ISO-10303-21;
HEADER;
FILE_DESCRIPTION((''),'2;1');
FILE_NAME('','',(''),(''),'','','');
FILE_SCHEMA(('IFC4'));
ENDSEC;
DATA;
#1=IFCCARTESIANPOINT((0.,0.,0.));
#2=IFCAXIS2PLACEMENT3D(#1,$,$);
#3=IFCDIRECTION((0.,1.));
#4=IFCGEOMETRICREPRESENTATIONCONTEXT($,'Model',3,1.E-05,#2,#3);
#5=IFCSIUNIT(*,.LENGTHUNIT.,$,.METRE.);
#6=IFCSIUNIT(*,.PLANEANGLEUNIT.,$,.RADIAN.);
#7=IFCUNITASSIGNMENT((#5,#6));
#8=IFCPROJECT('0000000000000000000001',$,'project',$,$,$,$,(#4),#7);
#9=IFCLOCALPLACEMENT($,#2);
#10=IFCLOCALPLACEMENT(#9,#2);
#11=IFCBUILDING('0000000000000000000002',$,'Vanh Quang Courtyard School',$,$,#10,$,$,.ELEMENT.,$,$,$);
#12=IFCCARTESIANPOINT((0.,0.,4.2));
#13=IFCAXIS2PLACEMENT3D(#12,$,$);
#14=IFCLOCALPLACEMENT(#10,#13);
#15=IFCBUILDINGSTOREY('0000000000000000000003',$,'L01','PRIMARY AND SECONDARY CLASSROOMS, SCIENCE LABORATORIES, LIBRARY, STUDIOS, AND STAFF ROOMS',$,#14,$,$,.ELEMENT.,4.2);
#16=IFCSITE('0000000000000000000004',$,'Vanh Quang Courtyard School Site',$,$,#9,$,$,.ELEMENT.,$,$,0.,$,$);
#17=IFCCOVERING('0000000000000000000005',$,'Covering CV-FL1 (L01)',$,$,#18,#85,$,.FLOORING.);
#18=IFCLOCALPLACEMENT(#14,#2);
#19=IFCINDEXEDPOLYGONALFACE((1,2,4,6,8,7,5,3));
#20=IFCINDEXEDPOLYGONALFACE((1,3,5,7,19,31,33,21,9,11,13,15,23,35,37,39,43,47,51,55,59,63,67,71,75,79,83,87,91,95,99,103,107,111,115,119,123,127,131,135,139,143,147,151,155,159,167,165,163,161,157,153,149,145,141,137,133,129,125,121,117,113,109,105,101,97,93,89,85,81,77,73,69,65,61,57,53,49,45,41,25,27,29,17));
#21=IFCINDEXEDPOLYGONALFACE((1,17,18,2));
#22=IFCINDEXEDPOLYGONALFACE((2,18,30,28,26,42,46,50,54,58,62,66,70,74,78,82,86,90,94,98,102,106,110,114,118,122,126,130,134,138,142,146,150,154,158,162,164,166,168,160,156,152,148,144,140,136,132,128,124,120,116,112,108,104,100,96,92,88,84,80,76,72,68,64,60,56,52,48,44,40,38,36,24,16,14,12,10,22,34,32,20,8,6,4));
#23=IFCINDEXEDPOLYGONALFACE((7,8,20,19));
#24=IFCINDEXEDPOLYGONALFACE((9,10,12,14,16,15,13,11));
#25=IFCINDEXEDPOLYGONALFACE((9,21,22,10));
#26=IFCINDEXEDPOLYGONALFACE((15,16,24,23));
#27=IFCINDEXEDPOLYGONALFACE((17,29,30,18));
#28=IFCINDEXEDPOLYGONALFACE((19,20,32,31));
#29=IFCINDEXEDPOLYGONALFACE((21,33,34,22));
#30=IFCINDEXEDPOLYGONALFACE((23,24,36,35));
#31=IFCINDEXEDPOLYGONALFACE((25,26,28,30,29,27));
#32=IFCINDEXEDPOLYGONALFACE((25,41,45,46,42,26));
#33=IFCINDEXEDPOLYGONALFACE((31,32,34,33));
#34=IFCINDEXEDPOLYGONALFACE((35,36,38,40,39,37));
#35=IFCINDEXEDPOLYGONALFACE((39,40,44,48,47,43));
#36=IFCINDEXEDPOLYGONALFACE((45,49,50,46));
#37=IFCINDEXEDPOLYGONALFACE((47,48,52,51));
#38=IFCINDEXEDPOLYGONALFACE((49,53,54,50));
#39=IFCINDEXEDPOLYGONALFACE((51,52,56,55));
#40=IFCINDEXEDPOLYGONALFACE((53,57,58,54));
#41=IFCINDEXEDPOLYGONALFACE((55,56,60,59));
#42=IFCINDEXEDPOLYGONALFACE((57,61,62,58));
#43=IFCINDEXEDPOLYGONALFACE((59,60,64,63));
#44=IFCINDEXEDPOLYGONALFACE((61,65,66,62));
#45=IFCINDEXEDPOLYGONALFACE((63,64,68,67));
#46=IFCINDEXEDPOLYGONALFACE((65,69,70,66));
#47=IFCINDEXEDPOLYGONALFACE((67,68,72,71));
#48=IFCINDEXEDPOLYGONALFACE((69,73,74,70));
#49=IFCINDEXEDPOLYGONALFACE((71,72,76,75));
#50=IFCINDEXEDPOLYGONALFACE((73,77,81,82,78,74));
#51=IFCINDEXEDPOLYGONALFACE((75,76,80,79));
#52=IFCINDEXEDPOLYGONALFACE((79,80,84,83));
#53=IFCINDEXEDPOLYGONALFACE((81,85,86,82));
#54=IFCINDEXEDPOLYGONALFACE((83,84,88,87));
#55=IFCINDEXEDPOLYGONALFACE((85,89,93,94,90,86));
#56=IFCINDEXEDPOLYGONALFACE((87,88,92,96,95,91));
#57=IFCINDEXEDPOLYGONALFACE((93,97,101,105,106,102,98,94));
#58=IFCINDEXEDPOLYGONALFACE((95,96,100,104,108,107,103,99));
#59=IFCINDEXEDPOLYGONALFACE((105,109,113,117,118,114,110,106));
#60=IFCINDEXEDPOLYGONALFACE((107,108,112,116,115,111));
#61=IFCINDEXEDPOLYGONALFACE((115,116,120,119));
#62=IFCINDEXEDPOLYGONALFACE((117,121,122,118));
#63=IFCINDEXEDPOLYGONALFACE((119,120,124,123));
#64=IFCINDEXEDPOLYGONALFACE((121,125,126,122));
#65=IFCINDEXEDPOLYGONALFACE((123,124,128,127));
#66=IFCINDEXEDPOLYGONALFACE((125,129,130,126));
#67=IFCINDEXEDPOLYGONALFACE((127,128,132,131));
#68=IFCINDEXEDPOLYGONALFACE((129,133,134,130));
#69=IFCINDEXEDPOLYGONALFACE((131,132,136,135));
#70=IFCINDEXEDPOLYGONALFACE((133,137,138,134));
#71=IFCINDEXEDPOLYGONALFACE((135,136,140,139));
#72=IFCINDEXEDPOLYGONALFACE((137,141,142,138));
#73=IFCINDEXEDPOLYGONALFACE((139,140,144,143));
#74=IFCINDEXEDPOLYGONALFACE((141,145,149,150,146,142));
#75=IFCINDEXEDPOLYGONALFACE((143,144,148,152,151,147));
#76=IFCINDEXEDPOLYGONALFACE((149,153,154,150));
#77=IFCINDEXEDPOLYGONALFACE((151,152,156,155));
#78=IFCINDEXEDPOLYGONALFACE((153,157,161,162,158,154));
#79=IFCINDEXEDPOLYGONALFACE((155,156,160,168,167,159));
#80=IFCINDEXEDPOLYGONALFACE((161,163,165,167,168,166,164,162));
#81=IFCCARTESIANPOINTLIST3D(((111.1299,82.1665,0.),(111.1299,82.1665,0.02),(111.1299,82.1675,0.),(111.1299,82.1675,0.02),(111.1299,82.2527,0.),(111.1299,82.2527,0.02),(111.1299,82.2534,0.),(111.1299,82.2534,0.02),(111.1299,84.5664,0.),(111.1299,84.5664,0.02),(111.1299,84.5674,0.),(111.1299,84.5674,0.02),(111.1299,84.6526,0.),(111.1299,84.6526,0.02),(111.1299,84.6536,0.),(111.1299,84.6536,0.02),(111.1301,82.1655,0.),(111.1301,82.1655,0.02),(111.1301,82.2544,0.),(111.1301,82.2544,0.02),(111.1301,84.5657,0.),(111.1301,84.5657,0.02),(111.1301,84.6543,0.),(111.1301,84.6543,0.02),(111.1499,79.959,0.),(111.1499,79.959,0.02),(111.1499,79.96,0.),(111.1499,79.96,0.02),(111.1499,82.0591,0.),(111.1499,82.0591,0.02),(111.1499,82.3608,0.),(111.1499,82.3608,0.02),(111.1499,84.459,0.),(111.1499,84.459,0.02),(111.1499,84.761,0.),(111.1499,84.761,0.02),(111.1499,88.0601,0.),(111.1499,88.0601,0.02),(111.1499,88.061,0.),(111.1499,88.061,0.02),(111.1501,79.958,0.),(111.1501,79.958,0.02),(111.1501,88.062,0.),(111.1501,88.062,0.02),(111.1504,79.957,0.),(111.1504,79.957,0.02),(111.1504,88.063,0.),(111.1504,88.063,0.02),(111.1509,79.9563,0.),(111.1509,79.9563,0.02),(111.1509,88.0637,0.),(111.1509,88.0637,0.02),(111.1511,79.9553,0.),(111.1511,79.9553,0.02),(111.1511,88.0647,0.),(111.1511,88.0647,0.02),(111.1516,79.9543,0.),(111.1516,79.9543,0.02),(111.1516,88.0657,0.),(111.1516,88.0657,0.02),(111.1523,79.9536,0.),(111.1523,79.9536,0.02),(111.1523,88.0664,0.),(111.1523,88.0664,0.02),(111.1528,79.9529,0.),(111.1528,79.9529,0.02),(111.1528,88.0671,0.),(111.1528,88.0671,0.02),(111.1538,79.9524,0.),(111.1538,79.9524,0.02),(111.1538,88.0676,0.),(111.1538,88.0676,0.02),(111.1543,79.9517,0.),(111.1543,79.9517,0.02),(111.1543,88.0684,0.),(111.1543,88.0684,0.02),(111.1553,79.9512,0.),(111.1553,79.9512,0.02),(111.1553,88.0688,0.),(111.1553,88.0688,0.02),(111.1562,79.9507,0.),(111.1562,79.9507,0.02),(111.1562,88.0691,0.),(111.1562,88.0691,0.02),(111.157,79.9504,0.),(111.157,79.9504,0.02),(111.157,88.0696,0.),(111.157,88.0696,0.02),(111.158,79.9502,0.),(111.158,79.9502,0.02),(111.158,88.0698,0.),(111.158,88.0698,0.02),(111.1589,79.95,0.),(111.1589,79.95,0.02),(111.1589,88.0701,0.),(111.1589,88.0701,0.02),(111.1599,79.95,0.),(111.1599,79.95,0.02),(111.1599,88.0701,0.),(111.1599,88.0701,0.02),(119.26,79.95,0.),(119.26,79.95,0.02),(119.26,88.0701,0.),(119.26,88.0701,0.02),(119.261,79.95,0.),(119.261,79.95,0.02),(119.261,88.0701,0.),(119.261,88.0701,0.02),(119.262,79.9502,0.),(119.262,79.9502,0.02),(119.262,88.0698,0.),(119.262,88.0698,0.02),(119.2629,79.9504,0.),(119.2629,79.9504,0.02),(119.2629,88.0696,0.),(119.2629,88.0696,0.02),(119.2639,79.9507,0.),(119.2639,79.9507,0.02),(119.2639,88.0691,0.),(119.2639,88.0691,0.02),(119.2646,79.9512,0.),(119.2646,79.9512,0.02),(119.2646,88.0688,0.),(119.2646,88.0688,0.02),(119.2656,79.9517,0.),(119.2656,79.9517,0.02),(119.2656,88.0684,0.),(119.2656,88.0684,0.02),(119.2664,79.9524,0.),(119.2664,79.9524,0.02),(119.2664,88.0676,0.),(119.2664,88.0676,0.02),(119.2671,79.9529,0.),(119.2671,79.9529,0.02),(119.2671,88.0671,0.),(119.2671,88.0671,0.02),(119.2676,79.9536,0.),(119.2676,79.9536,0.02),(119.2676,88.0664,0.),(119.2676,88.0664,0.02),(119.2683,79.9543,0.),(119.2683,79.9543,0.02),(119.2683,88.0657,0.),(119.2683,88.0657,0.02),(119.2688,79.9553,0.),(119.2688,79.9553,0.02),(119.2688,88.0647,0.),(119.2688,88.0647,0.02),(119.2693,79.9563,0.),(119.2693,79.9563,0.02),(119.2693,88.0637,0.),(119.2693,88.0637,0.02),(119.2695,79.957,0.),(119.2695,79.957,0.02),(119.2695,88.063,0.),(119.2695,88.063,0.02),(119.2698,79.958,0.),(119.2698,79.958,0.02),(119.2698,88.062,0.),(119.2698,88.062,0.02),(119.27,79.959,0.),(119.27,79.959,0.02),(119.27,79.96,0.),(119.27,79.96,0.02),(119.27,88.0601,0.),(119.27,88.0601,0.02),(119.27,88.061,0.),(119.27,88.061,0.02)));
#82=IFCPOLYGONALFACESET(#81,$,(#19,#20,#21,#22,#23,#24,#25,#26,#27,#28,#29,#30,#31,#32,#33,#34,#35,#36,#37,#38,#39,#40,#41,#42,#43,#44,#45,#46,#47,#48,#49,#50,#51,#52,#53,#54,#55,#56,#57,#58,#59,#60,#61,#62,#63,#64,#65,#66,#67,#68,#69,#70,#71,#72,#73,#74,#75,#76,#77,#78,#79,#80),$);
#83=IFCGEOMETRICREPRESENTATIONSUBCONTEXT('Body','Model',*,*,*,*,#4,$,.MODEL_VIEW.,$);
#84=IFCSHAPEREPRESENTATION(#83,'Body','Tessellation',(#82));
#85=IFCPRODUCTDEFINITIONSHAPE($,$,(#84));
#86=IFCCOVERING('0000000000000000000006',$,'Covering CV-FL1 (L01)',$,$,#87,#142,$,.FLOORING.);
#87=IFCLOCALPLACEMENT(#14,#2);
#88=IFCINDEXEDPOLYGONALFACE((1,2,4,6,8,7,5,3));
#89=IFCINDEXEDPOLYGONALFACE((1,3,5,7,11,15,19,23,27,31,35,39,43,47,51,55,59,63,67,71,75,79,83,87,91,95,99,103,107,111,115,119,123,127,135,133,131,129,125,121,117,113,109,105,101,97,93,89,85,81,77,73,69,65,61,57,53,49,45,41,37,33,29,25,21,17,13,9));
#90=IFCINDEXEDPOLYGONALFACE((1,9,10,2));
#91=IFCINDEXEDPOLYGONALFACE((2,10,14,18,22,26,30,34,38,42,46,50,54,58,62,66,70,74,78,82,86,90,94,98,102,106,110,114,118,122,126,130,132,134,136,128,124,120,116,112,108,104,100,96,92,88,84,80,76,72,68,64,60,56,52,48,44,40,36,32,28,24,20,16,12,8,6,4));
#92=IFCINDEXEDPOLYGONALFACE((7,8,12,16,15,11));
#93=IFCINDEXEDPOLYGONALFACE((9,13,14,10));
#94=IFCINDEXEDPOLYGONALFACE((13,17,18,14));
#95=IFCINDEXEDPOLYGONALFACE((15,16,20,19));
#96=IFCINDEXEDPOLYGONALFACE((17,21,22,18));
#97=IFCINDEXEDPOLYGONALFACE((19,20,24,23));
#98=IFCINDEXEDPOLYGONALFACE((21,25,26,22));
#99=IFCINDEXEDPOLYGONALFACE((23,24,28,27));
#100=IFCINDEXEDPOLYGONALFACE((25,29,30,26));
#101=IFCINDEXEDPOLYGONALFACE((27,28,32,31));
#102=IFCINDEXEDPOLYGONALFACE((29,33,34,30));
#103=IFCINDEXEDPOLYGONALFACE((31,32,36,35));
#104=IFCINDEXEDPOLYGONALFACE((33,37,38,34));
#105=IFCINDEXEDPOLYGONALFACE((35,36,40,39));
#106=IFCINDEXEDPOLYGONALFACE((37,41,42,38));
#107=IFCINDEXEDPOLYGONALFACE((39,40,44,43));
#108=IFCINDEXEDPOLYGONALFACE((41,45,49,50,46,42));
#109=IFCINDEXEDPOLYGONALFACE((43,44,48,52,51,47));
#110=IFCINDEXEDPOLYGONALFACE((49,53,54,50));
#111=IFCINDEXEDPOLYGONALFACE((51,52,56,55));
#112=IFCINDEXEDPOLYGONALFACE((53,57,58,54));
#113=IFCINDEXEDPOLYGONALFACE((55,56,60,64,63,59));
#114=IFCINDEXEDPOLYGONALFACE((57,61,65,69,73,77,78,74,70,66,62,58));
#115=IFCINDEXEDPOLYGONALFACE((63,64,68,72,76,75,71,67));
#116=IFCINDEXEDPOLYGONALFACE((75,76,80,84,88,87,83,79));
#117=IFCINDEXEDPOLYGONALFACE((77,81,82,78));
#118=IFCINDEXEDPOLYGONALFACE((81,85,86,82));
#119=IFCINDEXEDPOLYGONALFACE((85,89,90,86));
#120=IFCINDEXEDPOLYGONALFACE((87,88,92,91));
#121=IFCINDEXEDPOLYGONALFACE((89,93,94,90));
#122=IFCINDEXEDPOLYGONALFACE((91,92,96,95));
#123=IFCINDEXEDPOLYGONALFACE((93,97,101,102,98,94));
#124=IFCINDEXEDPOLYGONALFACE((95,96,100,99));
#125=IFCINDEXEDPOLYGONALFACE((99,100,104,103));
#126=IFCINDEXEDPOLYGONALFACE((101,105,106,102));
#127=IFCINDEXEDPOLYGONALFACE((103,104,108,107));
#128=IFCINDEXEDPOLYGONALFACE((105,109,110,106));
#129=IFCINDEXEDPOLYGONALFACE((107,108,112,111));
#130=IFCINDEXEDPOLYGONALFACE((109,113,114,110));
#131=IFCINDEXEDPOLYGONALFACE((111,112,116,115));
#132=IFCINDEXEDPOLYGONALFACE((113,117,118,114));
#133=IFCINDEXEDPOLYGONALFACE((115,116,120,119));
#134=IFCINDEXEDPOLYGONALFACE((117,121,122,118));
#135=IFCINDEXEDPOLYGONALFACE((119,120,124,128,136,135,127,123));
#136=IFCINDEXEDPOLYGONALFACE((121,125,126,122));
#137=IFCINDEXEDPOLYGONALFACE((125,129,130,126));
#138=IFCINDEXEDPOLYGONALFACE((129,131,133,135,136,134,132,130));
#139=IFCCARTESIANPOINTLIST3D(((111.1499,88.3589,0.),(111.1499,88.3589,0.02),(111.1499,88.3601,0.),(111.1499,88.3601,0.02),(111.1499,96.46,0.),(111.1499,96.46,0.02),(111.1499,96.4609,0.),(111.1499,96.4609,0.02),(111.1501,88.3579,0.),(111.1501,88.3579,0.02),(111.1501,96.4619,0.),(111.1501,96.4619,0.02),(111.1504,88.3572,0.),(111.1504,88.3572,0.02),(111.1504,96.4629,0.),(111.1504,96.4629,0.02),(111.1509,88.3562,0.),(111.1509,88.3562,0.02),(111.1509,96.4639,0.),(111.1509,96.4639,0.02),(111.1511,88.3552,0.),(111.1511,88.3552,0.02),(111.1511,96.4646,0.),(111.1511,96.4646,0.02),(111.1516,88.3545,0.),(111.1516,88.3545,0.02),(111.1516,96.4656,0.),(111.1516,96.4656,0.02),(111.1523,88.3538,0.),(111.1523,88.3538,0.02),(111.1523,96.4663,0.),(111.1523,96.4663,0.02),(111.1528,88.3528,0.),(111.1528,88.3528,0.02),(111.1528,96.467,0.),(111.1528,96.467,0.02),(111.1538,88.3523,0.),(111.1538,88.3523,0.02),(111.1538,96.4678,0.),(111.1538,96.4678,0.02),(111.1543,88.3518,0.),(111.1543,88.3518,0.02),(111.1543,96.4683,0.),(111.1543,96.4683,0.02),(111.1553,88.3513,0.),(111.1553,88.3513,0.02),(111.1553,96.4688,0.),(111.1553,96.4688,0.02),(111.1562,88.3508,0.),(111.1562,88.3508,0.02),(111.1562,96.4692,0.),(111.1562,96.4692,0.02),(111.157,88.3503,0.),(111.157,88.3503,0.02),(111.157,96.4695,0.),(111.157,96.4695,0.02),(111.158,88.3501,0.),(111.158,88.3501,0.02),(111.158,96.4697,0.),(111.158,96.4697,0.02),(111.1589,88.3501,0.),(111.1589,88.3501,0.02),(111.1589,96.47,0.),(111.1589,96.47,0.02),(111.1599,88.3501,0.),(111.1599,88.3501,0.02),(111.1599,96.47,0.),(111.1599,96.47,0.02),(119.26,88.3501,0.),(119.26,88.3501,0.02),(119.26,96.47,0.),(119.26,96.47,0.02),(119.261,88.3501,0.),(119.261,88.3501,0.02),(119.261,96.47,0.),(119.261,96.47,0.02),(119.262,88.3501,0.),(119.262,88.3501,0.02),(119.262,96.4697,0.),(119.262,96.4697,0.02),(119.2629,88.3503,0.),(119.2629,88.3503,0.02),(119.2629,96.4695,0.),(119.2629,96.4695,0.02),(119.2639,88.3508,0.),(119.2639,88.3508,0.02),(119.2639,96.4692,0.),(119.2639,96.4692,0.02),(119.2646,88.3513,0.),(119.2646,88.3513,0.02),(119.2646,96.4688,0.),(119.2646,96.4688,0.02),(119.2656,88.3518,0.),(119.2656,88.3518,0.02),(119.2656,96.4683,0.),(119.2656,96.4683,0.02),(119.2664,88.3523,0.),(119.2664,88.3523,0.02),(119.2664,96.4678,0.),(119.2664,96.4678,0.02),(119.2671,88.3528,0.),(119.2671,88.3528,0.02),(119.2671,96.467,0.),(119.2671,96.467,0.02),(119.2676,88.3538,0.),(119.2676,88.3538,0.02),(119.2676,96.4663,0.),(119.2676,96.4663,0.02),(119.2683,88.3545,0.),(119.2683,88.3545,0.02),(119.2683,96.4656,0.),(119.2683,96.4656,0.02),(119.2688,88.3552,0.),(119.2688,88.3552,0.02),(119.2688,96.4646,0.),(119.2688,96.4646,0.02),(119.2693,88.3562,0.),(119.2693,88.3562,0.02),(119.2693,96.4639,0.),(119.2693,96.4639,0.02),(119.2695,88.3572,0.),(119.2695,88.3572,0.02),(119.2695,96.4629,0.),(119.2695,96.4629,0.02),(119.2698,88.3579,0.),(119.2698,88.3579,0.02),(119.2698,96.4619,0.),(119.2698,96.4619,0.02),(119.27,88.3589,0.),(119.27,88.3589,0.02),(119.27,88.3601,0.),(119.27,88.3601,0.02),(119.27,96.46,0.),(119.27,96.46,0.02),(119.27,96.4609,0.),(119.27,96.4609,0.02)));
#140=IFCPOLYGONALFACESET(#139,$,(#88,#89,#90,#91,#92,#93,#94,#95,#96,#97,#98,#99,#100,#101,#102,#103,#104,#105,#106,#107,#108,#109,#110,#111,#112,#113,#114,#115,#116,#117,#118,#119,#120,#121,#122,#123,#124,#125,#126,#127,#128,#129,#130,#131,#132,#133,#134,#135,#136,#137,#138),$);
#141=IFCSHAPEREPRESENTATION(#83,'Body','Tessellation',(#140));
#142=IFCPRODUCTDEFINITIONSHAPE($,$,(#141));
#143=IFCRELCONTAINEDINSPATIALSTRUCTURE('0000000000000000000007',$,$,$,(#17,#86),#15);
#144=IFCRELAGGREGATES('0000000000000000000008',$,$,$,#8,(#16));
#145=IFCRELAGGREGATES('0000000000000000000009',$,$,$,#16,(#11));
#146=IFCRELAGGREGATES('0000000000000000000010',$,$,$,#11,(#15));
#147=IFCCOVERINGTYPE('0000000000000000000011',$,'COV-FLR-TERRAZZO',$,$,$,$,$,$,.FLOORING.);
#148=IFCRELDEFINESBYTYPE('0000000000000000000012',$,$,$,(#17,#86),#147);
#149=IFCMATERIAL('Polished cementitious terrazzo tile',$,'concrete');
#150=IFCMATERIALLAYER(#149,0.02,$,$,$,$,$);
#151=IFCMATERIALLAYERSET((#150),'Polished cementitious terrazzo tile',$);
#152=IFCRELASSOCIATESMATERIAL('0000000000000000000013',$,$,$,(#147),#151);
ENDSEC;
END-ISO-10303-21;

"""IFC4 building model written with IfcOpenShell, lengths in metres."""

from ifc_helpers import new_model, si_unit, direction, frame, origin, place, context, subcontext, project, spatial, polyline, outline, extrude, material, layer, layer_set, type_object, element, save


model = new_model("IFC4")

# Units and contexts
model_context = context("Model", 3, precision=1e-05, world=origin(), true_north=direction((0.0, 1.0)))
body_context = subcontext(model_context, "Body", "Model", "MODEL_VIEW")
ifc_project = project(units=[si_unit("LENGTHUNIT", "METRE"), si_unit("PLANEANGLEUNIT", "RADIAN")], contexts=[model_context])

# Site, building, storey
site_placement = place(None, origin())
site = spatial("IfcSite", under=ifc_project, at=site_placement, Name="Vanh Quang Courtyard School Site", CompositionType="ELEMENT", RefElevation=0.0)
building_placement = place(site_placement, origin())
building = spatial("IfcBuilding", under=site, at=building_placement, Name="Vanh Quang Courtyard School", CompositionType="ELEMENT")
storey_placement = place(building_placement, frame((0.0, 0.0, 4.2)))
storey = spatial("IfcBuildingStorey", under=building, at=storey_placement, Name="L01", Description="PRIMARY AND SECONDARY CLASSROOMS, SCIENCE LABORATORIES, LIBRARY, STUDIOS, AND STAFF ROOMS", CompositionType="ELEMENT", Elevation=4.2)

# Coverings
ifc_material_1 = material(Name="Polished cementitious terrazzo tile", Category="concrete")
ifc_layer_1 = layer(ifc_material_1, 0.02)
ifc_layer_set_1 = layer_set([ifc_layer_1], Name="Polished cementitious terrazzo tile")
covering_type_1 = type_object("IfcCoveringType", Name="COV-FLR-TERRAZZO", PredefinedType="FLOORING", material=ifc_layer_set_1)
covering_1_placement = place(storey_placement, origin())
element("IfcCovering", 1, at=covering_1_placement, inside=storey, type_object=covering_type_1, Name="Covering CV-FL1 (L01)", PredefinedType="FLOORING", context=body_context, shape_type="SweptSolid", body=[
    extrude(outline(polyline([(111.1599, 79.95), (111.1589, 79.95), (111.158, 79.9502), (111.157, 79.9504), (111.1562, 79.9507), (111.1553, 79.9512), (111.1543, 79.9517), (111.1538, 79.9524), (111.1528, 79.9529), (111.1523, 79.9536), (111.1516, 79.9543), (111.1511, 79.9553), (111.1509, 79.9563), (111.1504, 79.957), (111.1501, 79.958), (111.1499, 79.959), (111.1499, 79.96), (111.1499, 82.0591), (111.1301, 82.1655), (111.1299, 82.1665), (111.1299, 82.1675), (111.1299, 82.2527), (111.1299, 82.2534), (111.1301, 82.2544), (111.1499, 82.3608), (111.1499, 84.459), (111.1301, 84.5657), (111.1299, 84.5664), (111.1299, 84.5674), (111.1299, 84.6526), (111.1299, 84.6536), (111.1301, 84.6543), (111.1499, 84.761), (111.1499, 88.0601), (111.1499, 88.061), (111.1501, 88.062), (111.1504, 88.063), (111.1509, 88.0637), (111.1511, 88.0647), (111.1516, 88.0657), (111.1523, 88.0664), (111.1528, 88.0671), (111.1538, 88.0676), (111.1543, 88.0684), (111.1553, 88.0688), (111.1562, 88.0691), (111.157, 88.0696), (111.158, 88.0698), (111.1589, 88.0701), (111.1599, 88.0701), (119.26, 88.0701), (119.261, 88.0701), (119.262, 88.0698), (119.2629, 88.0696), (119.2639, 88.0691), (119.2646, 88.0688), (119.2656, 88.0684), (119.2664, 88.0676), (119.2671, 88.0671), (119.2676, 88.0664), (119.2683, 88.0657), (119.2688, 88.0647), (119.2693, 88.0637), (119.2695, 88.063), (119.2698, 88.062), (119.27, 88.061), (119.27, 88.0601), (119.27, 79.96), (119.27, 79.959), (119.2698, 79.958), (119.2695, 79.957), (119.2693, 79.9563), (119.2688, 79.9553), (119.2683, 79.9543), (119.2676, 79.9536), (119.2671, 79.9529), (119.2664, 79.9524), (119.2656, 79.9517), (119.2646, 79.9512), (119.2639, 79.9507), (119.2629, 79.9504), (119.262, 79.9502), (119.261, 79.95), (119.26, 79.95), (111.1599, 79.95)])), origin(), (0.0, 0.0, 1.0), 0.02),
])
covering_2_placement = place(storey_placement, origin())
element("IfcCovering", 2, at=covering_2_placement, inside=storey, type_object=covering_type_1, Name="Covering CV-FL1 (L01)", PredefinedType="FLOORING", context=body_context, shape_type="SweptSolid", body=[
    extrude(outline(polyline([(111.1599, 88.3501), (111.1589, 88.3501), (111.158, 88.3501), (111.157, 88.3503), (111.1562, 88.3508), (111.1553, 88.3513), (111.1543, 88.3518), (111.1538, 88.3523), (111.1528, 88.3528), (111.1523, 88.3538), (111.1516, 88.3545), (111.1511, 88.3552), (111.1509, 88.3562), (111.1504, 88.3572), (111.1501, 88.3579), (111.1499, 88.3589), (111.1499, 88.3601), (111.1499, 96.46), (111.1499, 96.4609), (111.1501, 96.4619), (111.1504, 96.4629), (111.1509, 96.4639), (111.1511, 96.4646), (111.1516, 96.4656), (111.1523, 96.4663), (111.1528, 96.467), (111.1538, 96.4678), (111.1543, 96.4683), (111.1553, 96.4688), (111.1562, 96.4692), (111.157, 96.4695), (111.158, 96.4697), (111.1589, 96.47), (111.1599, 96.47), (119.26, 96.47), (119.261, 96.47), (119.262, 96.4697), (119.2629, 96.4695), (119.2639, 96.4692), (119.2646, 96.4688), (119.2656, 96.4683), (119.2664, 96.4678), (119.2671, 96.467), (119.2676, 96.4663), (119.2683, 96.4656), (119.2688, 96.4646), (119.2693, 96.4639), (119.2695, 96.4629), (119.2698, 96.4619), (119.27, 96.4609), (119.27, 96.46), (119.27, 88.3601), (119.27, 88.3589), (119.2698, 88.3579), (119.2695, 88.3572), (119.2693, 88.3562), (119.2688, 88.3552), (119.2683, 88.3545), (119.2676, 88.3538), (119.2671, 88.3528), (119.2664, 88.3523), (119.2656, 88.3518), (119.2646, 88.3513), (119.2639, 88.3508), (119.2629, 88.3503), (119.262, 88.3501), (119.261, 88.3501), (119.26, 88.3501), (111.1599, 88.3501)])), origin(), (0.0, 0.0, 1.0), 0.02),
])

save(model, "model.ifc")
